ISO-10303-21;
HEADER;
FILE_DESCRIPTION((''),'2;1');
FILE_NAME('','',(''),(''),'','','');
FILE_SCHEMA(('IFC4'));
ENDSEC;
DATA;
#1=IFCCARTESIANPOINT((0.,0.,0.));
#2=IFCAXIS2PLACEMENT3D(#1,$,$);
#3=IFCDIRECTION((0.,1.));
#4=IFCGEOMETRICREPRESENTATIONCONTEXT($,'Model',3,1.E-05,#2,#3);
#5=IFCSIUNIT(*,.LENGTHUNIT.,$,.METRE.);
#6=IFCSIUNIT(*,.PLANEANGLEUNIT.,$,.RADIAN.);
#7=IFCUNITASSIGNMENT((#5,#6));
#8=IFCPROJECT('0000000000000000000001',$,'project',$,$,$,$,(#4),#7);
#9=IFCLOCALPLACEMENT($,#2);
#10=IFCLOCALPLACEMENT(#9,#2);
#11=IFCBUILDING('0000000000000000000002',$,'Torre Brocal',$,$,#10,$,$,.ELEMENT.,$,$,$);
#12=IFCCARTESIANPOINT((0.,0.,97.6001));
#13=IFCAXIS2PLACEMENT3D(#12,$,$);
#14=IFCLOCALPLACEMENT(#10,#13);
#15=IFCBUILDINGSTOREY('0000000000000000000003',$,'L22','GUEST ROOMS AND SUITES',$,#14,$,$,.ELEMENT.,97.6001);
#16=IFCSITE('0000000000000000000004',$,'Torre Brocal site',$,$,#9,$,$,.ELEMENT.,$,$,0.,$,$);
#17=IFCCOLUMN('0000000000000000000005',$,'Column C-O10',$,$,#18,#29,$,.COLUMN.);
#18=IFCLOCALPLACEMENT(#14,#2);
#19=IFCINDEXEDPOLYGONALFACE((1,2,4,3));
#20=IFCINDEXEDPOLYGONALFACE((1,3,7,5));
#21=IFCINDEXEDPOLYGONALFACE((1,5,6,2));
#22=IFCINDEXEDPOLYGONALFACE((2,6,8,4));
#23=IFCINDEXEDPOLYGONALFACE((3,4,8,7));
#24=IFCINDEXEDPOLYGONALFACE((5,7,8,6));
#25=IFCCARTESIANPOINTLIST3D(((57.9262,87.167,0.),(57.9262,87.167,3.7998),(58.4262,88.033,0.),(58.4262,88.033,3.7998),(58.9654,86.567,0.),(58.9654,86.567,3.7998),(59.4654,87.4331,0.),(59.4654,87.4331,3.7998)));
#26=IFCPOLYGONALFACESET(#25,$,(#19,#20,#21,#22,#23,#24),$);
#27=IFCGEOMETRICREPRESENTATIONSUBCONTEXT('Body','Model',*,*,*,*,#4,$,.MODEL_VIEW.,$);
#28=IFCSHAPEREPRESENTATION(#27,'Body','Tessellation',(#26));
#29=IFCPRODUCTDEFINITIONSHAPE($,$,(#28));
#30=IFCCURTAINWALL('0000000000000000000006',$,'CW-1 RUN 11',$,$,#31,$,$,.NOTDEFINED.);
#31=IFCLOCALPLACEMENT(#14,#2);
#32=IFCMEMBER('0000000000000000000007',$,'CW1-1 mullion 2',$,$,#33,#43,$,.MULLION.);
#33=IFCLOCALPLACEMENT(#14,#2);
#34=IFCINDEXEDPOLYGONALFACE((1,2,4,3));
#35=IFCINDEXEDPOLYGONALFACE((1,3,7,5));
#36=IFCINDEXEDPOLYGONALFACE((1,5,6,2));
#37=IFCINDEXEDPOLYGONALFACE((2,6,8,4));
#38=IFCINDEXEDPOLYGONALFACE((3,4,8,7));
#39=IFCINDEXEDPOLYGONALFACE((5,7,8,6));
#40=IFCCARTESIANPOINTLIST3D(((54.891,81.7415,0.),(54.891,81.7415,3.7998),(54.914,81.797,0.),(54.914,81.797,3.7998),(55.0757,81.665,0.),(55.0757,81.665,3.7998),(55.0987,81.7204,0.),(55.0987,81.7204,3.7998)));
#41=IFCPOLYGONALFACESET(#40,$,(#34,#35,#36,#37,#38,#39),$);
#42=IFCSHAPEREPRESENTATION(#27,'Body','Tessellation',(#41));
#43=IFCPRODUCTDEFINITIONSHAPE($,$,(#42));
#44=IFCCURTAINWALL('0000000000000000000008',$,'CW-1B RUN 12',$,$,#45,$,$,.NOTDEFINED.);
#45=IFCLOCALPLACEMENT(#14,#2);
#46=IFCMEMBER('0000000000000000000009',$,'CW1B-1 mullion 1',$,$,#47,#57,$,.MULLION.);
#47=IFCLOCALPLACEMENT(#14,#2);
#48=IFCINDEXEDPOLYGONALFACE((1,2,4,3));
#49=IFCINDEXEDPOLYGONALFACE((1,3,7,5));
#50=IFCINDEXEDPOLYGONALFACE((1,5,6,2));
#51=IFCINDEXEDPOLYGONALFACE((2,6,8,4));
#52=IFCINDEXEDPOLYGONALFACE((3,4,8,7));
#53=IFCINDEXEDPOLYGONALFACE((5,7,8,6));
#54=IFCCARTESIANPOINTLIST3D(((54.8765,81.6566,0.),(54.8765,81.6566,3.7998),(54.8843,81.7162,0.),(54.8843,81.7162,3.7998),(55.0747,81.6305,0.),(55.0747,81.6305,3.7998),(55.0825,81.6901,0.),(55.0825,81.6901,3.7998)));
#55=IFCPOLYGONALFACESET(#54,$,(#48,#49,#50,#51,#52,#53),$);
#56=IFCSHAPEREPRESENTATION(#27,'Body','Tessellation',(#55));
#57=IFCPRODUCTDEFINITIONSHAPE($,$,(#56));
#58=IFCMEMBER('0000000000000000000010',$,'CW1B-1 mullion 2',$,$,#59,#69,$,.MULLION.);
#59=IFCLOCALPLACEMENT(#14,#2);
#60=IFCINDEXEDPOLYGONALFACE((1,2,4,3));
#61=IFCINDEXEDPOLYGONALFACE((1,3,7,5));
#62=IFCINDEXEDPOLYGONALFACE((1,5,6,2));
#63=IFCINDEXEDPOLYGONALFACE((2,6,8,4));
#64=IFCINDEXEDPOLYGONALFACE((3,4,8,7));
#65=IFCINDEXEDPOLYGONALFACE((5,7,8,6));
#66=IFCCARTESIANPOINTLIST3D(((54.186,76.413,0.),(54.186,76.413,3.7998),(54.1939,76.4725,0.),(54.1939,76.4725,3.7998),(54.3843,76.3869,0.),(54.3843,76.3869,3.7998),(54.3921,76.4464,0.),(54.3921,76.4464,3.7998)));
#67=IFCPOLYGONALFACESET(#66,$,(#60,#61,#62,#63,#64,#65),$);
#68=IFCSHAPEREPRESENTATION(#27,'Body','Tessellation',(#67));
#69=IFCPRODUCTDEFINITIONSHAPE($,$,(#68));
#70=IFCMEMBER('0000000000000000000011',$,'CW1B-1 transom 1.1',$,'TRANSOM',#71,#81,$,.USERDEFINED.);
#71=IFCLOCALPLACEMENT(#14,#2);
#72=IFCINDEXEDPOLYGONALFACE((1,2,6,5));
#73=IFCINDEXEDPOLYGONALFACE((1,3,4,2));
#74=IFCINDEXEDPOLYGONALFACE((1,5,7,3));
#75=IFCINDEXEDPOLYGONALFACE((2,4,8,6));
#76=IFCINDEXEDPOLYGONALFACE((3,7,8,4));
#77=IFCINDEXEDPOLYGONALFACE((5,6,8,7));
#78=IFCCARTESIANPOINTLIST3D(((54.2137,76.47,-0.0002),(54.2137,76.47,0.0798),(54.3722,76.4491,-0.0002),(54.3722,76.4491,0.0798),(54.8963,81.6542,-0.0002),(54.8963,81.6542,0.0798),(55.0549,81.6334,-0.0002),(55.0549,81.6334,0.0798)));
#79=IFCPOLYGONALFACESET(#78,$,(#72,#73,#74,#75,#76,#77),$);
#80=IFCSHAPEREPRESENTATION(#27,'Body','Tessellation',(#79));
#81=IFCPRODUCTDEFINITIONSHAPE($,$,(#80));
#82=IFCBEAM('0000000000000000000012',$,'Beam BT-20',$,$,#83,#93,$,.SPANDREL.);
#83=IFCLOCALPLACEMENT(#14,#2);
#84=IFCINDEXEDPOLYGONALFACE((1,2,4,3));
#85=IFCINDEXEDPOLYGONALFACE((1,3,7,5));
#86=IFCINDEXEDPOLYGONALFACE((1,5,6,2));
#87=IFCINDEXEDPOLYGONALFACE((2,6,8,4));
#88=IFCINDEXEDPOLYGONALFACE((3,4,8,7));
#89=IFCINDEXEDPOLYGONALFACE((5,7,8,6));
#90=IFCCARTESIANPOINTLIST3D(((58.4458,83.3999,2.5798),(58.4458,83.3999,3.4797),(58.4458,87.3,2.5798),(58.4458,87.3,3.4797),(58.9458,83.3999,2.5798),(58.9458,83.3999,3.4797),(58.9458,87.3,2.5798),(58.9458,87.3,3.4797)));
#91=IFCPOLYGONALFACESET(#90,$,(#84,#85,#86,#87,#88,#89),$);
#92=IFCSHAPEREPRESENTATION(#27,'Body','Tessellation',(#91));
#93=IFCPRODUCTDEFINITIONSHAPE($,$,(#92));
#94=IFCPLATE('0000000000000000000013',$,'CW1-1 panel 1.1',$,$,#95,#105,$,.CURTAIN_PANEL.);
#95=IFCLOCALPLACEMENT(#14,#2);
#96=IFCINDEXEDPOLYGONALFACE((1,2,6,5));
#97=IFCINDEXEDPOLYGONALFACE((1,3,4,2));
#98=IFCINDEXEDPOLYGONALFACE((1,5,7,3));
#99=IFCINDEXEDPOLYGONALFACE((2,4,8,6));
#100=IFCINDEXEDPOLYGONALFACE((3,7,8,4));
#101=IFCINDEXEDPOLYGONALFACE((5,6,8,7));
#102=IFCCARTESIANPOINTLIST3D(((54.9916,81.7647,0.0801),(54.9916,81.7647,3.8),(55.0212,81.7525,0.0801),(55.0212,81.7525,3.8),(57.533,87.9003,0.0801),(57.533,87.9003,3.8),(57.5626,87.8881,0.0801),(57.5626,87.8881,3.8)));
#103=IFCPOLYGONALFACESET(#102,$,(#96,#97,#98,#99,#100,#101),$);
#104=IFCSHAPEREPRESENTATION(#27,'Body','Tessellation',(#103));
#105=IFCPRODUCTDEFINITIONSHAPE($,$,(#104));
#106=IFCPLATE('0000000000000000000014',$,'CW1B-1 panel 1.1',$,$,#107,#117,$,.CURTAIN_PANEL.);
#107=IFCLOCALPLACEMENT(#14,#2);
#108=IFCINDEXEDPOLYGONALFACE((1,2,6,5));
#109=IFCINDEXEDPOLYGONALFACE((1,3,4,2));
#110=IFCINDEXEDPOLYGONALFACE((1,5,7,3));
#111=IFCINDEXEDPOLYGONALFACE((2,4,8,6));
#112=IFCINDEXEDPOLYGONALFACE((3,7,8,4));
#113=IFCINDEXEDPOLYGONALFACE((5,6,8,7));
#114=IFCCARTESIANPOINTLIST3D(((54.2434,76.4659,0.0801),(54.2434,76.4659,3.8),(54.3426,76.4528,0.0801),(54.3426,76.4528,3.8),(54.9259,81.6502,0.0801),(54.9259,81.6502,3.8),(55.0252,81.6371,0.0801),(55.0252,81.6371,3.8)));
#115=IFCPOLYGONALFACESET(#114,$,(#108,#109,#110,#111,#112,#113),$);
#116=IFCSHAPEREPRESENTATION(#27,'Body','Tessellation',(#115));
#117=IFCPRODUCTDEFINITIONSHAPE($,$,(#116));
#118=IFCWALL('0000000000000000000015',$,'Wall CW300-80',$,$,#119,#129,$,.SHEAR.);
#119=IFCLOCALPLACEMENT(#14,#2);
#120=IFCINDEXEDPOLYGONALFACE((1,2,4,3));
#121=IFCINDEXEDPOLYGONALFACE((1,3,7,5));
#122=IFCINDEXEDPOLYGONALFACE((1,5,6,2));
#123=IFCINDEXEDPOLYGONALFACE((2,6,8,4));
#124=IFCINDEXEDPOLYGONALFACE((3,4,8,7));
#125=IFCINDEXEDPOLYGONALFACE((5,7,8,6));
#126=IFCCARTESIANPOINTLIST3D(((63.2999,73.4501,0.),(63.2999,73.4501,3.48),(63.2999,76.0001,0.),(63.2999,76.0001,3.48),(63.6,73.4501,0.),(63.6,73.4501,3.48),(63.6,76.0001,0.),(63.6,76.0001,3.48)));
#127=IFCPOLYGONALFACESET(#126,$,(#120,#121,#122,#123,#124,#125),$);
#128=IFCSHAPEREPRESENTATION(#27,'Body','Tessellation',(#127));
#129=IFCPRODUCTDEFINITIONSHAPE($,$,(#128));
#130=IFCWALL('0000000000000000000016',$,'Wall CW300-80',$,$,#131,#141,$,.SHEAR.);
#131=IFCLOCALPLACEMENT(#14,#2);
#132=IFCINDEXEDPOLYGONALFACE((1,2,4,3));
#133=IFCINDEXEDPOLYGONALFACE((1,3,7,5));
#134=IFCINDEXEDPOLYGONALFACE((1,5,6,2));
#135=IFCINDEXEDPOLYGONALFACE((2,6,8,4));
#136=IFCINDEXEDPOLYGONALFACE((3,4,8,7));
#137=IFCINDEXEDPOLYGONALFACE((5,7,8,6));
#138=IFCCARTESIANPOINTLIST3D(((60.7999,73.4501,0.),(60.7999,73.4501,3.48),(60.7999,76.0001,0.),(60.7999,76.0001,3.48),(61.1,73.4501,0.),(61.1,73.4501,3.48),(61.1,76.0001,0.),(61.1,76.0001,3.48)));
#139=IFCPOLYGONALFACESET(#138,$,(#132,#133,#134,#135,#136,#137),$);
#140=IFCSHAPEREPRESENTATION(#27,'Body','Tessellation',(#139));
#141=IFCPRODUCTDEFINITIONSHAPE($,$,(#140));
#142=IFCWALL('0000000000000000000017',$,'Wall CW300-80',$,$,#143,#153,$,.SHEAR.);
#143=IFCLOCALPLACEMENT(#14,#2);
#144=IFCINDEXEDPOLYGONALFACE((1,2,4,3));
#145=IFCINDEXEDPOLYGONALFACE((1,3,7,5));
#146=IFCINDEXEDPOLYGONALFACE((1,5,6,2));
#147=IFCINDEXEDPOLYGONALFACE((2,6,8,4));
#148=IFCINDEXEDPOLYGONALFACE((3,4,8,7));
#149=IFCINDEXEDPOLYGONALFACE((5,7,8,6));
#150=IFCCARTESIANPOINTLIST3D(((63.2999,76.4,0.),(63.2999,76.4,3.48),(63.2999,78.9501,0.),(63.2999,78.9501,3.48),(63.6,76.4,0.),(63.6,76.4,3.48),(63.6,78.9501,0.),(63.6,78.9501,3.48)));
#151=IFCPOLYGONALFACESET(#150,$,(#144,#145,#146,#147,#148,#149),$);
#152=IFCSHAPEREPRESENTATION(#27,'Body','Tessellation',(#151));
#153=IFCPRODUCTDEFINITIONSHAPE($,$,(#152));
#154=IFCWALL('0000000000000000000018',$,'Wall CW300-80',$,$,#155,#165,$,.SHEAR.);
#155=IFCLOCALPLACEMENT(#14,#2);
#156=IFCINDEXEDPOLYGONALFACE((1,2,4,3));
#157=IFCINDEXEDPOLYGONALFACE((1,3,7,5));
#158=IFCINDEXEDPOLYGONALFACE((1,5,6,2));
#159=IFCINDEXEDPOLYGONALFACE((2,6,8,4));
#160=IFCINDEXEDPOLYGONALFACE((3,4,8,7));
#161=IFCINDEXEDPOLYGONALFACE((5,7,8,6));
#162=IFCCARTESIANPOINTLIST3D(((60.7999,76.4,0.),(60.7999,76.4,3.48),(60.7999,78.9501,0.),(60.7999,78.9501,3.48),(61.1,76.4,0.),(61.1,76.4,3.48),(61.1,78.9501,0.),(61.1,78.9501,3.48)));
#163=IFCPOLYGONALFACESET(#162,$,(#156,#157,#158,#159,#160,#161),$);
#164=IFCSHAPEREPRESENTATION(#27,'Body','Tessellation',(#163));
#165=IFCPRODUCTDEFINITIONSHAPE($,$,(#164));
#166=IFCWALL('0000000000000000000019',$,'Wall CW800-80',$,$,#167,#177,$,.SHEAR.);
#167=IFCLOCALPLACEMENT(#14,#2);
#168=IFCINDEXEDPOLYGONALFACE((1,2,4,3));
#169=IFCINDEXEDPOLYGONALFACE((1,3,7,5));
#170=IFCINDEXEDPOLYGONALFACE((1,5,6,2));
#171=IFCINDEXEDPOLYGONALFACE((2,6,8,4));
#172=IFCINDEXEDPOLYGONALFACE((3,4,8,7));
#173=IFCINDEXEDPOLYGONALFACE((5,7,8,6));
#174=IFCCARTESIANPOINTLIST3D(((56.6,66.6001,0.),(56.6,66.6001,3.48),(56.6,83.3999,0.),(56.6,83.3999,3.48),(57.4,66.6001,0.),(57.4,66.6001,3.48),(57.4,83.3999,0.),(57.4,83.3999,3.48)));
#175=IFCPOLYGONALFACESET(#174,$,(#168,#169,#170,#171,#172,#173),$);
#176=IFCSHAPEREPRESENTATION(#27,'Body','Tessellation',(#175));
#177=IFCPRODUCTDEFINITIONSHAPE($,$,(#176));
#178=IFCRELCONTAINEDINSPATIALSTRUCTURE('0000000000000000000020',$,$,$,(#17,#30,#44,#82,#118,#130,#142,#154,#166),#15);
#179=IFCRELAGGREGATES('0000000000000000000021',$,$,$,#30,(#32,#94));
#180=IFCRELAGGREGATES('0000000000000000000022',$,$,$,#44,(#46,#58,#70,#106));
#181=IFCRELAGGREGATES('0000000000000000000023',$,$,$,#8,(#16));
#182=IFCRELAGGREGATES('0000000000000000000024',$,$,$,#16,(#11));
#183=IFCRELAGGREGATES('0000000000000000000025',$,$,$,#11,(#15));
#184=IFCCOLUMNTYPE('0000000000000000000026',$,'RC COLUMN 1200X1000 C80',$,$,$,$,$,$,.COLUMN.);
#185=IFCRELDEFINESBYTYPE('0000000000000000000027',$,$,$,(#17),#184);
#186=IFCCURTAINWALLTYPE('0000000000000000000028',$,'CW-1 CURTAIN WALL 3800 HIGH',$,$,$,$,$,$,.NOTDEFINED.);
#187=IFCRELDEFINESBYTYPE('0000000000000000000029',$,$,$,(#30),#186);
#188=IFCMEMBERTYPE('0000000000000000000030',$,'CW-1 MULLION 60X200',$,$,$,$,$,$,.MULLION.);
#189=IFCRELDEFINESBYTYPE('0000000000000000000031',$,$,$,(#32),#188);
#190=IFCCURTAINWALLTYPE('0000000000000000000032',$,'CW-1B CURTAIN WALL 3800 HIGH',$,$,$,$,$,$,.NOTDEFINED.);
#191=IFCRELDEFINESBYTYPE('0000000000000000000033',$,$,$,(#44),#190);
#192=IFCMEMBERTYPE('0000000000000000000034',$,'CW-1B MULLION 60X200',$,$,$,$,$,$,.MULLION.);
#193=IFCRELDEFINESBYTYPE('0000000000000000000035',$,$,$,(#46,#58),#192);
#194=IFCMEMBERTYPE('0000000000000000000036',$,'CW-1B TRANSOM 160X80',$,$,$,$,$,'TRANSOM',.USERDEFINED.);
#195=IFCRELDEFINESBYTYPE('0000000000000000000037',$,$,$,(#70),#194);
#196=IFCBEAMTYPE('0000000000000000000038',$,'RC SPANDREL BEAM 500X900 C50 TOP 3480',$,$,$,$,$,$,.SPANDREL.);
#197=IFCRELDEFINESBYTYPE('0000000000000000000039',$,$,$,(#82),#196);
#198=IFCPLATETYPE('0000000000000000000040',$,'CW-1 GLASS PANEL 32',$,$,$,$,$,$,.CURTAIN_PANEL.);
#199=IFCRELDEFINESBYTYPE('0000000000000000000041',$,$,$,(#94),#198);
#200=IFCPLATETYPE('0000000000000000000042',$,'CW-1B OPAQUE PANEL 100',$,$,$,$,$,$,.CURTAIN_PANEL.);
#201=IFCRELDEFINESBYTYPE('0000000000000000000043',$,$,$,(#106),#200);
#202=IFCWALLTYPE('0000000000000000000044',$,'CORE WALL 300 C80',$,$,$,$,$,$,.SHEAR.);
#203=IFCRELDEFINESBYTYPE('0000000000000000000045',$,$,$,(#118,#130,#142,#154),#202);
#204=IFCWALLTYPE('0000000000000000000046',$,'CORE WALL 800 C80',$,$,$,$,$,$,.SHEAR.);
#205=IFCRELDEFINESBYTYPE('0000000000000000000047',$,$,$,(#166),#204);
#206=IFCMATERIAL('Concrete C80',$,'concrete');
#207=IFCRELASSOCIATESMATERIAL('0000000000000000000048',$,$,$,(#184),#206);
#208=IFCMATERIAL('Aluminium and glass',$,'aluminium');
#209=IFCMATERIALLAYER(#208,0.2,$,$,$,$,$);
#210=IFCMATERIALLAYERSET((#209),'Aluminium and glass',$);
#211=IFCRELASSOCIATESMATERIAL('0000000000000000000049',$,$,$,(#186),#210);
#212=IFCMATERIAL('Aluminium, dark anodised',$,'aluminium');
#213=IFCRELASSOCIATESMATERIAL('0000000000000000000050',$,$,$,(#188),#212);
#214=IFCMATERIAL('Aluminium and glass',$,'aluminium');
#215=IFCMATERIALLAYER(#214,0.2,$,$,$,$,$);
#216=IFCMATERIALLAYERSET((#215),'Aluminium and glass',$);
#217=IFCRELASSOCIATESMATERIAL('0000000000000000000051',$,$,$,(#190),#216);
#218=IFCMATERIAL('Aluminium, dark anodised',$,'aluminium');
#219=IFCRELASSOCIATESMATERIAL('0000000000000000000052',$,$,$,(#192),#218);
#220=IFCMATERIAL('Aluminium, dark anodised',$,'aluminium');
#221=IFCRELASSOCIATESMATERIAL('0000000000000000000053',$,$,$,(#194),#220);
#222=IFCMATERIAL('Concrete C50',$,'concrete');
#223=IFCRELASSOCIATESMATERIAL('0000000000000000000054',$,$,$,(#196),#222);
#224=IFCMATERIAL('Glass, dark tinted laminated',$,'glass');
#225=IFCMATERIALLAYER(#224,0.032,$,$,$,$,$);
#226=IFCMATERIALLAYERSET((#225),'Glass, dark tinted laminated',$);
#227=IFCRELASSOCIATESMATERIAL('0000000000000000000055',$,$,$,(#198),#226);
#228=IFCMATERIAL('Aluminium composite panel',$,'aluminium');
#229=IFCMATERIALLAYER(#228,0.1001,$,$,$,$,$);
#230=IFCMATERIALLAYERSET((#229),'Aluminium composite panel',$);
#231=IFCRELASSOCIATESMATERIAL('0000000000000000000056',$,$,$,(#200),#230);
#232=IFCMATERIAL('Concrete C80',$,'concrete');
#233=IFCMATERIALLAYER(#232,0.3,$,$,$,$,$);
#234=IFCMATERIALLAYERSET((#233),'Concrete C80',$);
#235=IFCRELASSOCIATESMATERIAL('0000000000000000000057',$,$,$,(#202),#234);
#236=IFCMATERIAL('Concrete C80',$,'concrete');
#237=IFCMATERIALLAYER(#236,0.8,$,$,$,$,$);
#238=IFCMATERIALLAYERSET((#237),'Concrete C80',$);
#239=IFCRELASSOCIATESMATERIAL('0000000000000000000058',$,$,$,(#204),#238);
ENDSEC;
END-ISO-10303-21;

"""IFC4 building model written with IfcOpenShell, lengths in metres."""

from ifc_helpers import new_model, si_unit, direction, frame, frame_2d, origin, origin_2d, place, context, subcontext, project, spatial, rectangle, extrude, material, layer, layer_set, material_profile, profile_set, type_object, element, aggregate, save


model = new_model("IFC4")

# Units and contexts
model_context = context("Model", 3, precision=1e-05, world=origin(), true_north=direction((0.0, 1.0)))
body_context = subcontext(model_context, "Body", "Model", "MODEL_VIEW")
ifc_project = project(units=[si_unit("LENGTHUNIT", "METRE"), si_unit("PLANEANGLEUNIT", "RADIAN")], contexts=[model_context])

# Site, building, storey
site_placement = place(None, origin())
site = spatial("IfcSite", under=ifc_project, at=site_placement, Name="Torre Brocal site", CompositionType="ELEMENT", RefElevation=0.0)
building_placement = place(site_placement, origin())
building = spatial("IfcBuilding", under=site, at=building_placement, Name="Torre Brocal", CompositionType="ELEMENT")
storey_placement = place(building_placement, frame((0.0, 0.0, 97.6001)))
storey = spatial("IfcBuildingStorey", under=building, at=storey_placement, Name="L22", Description="GUEST ROOMS AND SUITES", CompositionType="ELEMENT", Elevation=97.6001)

# Column
ifc_material_1 = material(Name="Concrete C80", Category="concrete")
ifc_material_profile_1 = material_profile(ifc_material_1, rectangle(XDim=1.2, YDim=1.0, at=origin_2d()), Name="RC 1200X1000")
ifc_profile_set_1 = profile_set([ifc_material_profile_1], Name="Concrete C80")
column_type = type_object("IfcColumnType", Name="RC COLUMN 1200X1000 C80", PredefinedType="COLUMN", material=ifc_profile_set_1)
column_placement = place(storey_placement, frame((58.6958, 87.3, 0.0), z_axis=(0.0, 0.0, 1.0), x_axis=(-0.866025, 0.5, 0.0)))
element("IfcColumn", 1, at=column_placement, inside=storey, type_object=column_type, Name="Column C-O10", PredefinedType="COLUMN", context=body_context, shape_type="SweptSolid", body=[
    extrude(rectangle(XDim=1.2, YDim=1.0, at=origin_2d()), origin(), (0.0, 0.0, 1.0), 3.7998),
])

# Curtain wall, member
ifc_material_2 = material(Name="Aluminium and glass", Category="aluminium")
ifc_layer_1 = layer(ifc_material_2, 0.2)
ifc_layer_set_1 = layer_set([ifc_layer_1], Name="Aluminium and glass")
curtain_wall_type_1 = type_object("IfcCurtainWallType", Name="CW-1 CURTAIN WALL 3800 HIGH", PredefinedType="NOTDEFINED", material=ifc_layer_set_1)
curtain_wall_1_placement = place(storey_placement, origin())
curtain_wall_1 = element("IfcCurtainWall", 2, at=curtain_wall_1_placement, inside=storey, type_object=curtain_wall_type_1, Name="CW-1 RUN 11", PredefinedType="NOTDEFINED")
ifc_material_3 = material(Name="Aluminium, dark anodised", Category="aluminium")
ifc_material_profile_2 = material_profile(ifc_material_3, rectangle(XDim=0.2, YDim=0.0601, at=origin_2d()), Name="CW-1 MULLION 60X200")
ifc_profile_set_2 = profile_set([ifc_material_profile_2], Name="Aluminium, dark anodised")
member_type_1 = type_object("IfcMemberType", Name="CW-1 MULLION 60X200", PredefinedType="MULLION", material=ifc_profile_set_2)
member_1_placement = place(storey_placement, frame((54.9949, 81.731, 0.0), z_axis=(0.0, 0.0, 1.0), x_axis=(0.92388, -0.382683, 0.0)))
member_1 = element("IfcMember", 3, at=member_1_placement, type_object=member_type_1, Name="CW1-1 mullion 2", PredefinedType="MULLION", context=body_context, shape_type="SweptSolid", body=[
    extrude(rectangle(XDim=0.2, YDim=0.0601, at=origin_2d()), origin(), (0.0, 0.0, 1.0), 3.7998),
])

# Curtain wall, members
ifc_material_4 = material(Name="Aluminium and glass", Category="aluminium")
ifc_layer_2 = layer(ifc_material_4, 0.2)
ifc_layer_set_2 = layer_set([ifc_layer_2], Name="Aluminium and glass")
curtain_wall_type_2 = type_object("IfcCurtainWallType", Name="CW-1B CURTAIN WALL 3800 HIGH", PredefinedType="NOTDEFINED", material=ifc_layer_set_2)
curtain_wall_2_placement = place(storey_placement, origin())
curtain_wall_2 = element("IfcCurtainWall", 4, at=curtain_wall_2_placement, inside=storey, type_object=curtain_wall_type_2, Name="CW-1B RUN 12", PredefinedType="NOTDEFINED")
ifc_material_5 = material(Name="Aluminium, dark anodised", Category="aluminium")
ifc_material_profile_3 = material_profile(ifc_material_5, rectangle(XDim=0.2, YDim=0.0601, at=origin_2d()), Name="CW-1B MULLION 60X200")
ifc_profile_set_3 = profile_set([ifc_material_profile_3], Name="Aluminium, dark anodised")
member_type_2 = type_object("IfcMemberType", Name="CW-1B MULLION 60X200", PredefinedType="MULLION", material=ifc_profile_set_3)
member_2_placement = place(storey_placement, frame((54.9795, 81.6733, 0.0), z_axis=(0.0, 0.0, 1.0), x_axis=(0.991445, -0.130526, 0.0)))
member_2 = element("IfcMember", 5, at=member_2_placement, type_object=member_type_2, Name="CW1B-1 mullion 1", PredefinedType="MULLION", context=body_context, shape_type="SweptSolid", body=[
    extrude(rectangle(XDim=0.2, YDim=0.0601, at=origin_2d()), origin(), (0.0, 0.0, 1.0), 3.7998),
])
member_3_placement = place(storey_placement, frame((54.2891, 76.4297, 0.0), z_axis=(0.0, 0.0, 1.0), x_axis=(0.991445, -0.130526, 0.0)))
member_3 = element("IfcMember", 6, at=member_3_placement, type_object=member_type_2, Name="CW1B-1 mullion 2", PredefinedType="MULLION", context=body_context, shape_type="SweptSolid", body=[
    extrude(rectangle(XDim=0.2, YDim=0.0601, at=origin_2d()), origin(), (0.0, 0.0, 1.0), 3.7998),
])
ifc_material_6 = material(Name="Aluminium, dark anodised", Category="aluminium")
ifc_material_profile_4 = material_profile(ifc_material_6, rectangle(XDim=0.1599, YDim=0.0801, at=origin_2d()), Name="CW-1B TRANSOM 160X80")
ifc_profile_set_4 = profile_set([ifc_material_profile_4], Name="Aluminium, dark anodised")
member_type_3 = type_object("IfcMemberType", Name="CW-1B TRANSOM 160X80", ElementType="TRANSOM", PredefinedType="USERDEFINED", material=ifc_profile_set_4)
member_4_placement = place(storey_placement, frame((54.9756, 81.6438, 0.0398), z_axis=(-0.130543, -0.991443, 0.0), x_axis=(0.991443, -0.130543, 0.0)))
member_4 = element("IfcMember", 7, at=member_4_placement, type_object=member_type_3, Name="CW1B-1 transom 1.1", ObjectType="TRANSOM", PredefinedType="USERDEFINED", context=body_context, shape_type="SweptSolid", body=[
    extrude(rectangle(XDim=0.1599, YDim=0.0801, at=origin_2d()), origin(), (0.0, 0.0, 1.0), 5.229),
])

# Beam
ifc_material_7 = material(Name="Concrete C50", Category="concrete")
ifc_material_profile_5 = material_profile(ifc_material_7, rectangle(XDim=0.5, YDim=0.8999, at=origin_2d()), Name="RC 500X900")
ifc_profile_set_5 = profile_set([ifc_material_profile_5], Name="Concrete C50")
beam_type = type_object("IfcBeamType", Name="RC SPANDREL BEAM 500X900 C50 TOP 3480", PredefinedType="SPANDREL", material=ifc_profile_set_5)
beam_placement = place(storey_placement, frame((58.6958, 87.3, 3.0298), z_axis=(0.0, -1.0, 0.0), x_axis=(1.0, 0.0, 0.0)))
element("IfcBeam", 8, at=beam_placement, inside=storey, type_object=beam_type, Name="Beam BT-20", PredefinedType="SPANDREL", context=body_context, shape_type="SweptSolid", body=[
    extrude(rectangle(XDim=0.5, YDim=0.8999, at=origin_2d()), origin(), (0.0, 0.0, 1.0), 3.9001),
])

# Plates
ifc_material_8 = material(Name="Glass, dark tinted laminated", Category="glass")
ifc_layer_3 = layer(ifc_material_8, 0.032)
ifc_layer_set_3 = layer_set([ifc_layer_3], Name="Glass, dark tinted laminated")
plate_type_1 = type_object("IfcPlateType", Name="CW-1 GLASS PANEL 32", PredefinedType="CURTAIN_PANEL", material=ifc_layer_set_3)
plate_1_placement = place(storey_placement, frame((56.2771, 84.8264, 0.0801), z_axis=(0.0, 0.0, 1.0), x_axis=(-0.382683, -0.92388, 0.0)))
plate_1 = element("IfcPlate", 9, at=plate_1_placement, type_object=plate_type_1, Name="CW1-1 panel 1.1", PredefinedType="CURTAIN_PANEL", context=body_context, shape_type="SweptSolid", body=[
    extrude(rectangle(XDim=6.6411, YDim=0.032, at=origin_2d()), origin(), (0.0, 0.0, 1.0), 3.72),
])
aggregate(curtain_wall_1, [member_1, plate_1])
ifc_material_9 = material(Name="Aluminium composite panel", Category="aluminium")
ifc_layer_4 = layer(ifc_material_9, 0.1001)
ifc_layer_set_4 = layer_set([ifc_layer_4], Name="Aluminium composite panel")
plate_type_2 = type_object("IfcPlateType", Name="CW-1B OPAQUE PANEL 100", PredefinedType="CURTAIN_PANEL", material=ifc_layer_set_4)
plate_2_placement = place(storey_placement, frame((54.6343, 79.0515, 0.0801), z_axis=(0.0, 0.0, 1.0), x_axis=(-0.130526, -0.991445, 0.0)))
plate_2 = element("IfcPlate", 10, at=plate_2_placement, type_object=plate_type_2, Name="CW1B-1 panel 1.1", PredefinedType="CURTAIN_PANEL", context=body_context, shape_type="SweptSolid", body=[
    extrude(rectangle(XDim=5.229, YDim=0.1001, at=origin_2d()), origin(), (0.0, 0.0, 1.0), 3.72),
])
aggregate(curtain_wall_2, [member_2, member_3, member_4, plate_2])

# Walls
ifc_material_10 = material(Name="Concrete C80", Category="concrete")
ifc_layer_5 = layer(ifc_material_10, 0.3)
ifc_layer_set_5 = layer_set([ifc_layer_5], Name="Concrete C80")
wall_type_1 = type_object("IfcWallType", Name="CORE WALL 300 C80", PredefinedType="SHEAR", material=ifc_layer_set_5)
for number, where, z_axis, x_axis, name in (
    (11, (63.45, 76.0, 0.0), (0.0, 0.0, 1.0), (0.0, -1.0, 0.0), "Wall CW300-80"),
    (12, (60.95, 76.0, 0.0), (0.0, 0.0, 1.0), (0.0, -1.0, 0.0), "Wall CW300-80"),
    (13, (63.45, 78.95, 0.0), (0.0, 0.0, 1.0), (0.0, -1.0, 0.0), "Wall CW300-80"),
    (14, (60.95, 78.95, 0.0), (0.0, 0.0, 1.0), (0.0, -1.0, 0.0), "Wall CW300-80"),
):
    element("IfcWall", number, at=place(storey_placement, frame(where, z_axis=z_axis, x_axis=x_axis)), inside=storey, type_object=wall_type_1, Name=name, PredefinedType="SHEAR", context=body_context, shape_type="SweptSolid", body=[
        extrude(rectangle(XDim=2.55, YDim=0.3, at=frame_2d((1.2749, 0.0))), origin(), (0.0, 0.0, 1.0), 3.48),
    ])
ifc_material_11 = material(Name="Concrete C80", Category="concrete")
ifc_layer_6 = layer(ifc_material_11, 0.8)
ifc_layer_set_6 = layer_set([ifc_layer_6], Name="Concrete C80")
wall_type_2 = type_object("IfcWallType", Name="CORE WALL 800 C80", PredefinedType="SHEAR", material=ifc_layer_set_6)
wall_1_placement = place(storey_placement, frame((57.0, 83.3999, 0.0), z_axis=(0.0, 0.0, 1.0), x_axis=(0.0, -1.0, 0.0)))
element("IfcWall", 15, at=wall_1_placement, inside=storey, type_object=wall_type_2, Name="Wall CW800-80", PredefinedType="SHEAR", context=body_context, shape_type="SweptSolid", body=[
    extrude(rectangle(XDim=16.7998, YDim=0.8, at=frame_2d((8.3999, 0.0))), origin(), (0.0, 0.0, 1.0), 3.48),
])

save(model, "model.ifc")
